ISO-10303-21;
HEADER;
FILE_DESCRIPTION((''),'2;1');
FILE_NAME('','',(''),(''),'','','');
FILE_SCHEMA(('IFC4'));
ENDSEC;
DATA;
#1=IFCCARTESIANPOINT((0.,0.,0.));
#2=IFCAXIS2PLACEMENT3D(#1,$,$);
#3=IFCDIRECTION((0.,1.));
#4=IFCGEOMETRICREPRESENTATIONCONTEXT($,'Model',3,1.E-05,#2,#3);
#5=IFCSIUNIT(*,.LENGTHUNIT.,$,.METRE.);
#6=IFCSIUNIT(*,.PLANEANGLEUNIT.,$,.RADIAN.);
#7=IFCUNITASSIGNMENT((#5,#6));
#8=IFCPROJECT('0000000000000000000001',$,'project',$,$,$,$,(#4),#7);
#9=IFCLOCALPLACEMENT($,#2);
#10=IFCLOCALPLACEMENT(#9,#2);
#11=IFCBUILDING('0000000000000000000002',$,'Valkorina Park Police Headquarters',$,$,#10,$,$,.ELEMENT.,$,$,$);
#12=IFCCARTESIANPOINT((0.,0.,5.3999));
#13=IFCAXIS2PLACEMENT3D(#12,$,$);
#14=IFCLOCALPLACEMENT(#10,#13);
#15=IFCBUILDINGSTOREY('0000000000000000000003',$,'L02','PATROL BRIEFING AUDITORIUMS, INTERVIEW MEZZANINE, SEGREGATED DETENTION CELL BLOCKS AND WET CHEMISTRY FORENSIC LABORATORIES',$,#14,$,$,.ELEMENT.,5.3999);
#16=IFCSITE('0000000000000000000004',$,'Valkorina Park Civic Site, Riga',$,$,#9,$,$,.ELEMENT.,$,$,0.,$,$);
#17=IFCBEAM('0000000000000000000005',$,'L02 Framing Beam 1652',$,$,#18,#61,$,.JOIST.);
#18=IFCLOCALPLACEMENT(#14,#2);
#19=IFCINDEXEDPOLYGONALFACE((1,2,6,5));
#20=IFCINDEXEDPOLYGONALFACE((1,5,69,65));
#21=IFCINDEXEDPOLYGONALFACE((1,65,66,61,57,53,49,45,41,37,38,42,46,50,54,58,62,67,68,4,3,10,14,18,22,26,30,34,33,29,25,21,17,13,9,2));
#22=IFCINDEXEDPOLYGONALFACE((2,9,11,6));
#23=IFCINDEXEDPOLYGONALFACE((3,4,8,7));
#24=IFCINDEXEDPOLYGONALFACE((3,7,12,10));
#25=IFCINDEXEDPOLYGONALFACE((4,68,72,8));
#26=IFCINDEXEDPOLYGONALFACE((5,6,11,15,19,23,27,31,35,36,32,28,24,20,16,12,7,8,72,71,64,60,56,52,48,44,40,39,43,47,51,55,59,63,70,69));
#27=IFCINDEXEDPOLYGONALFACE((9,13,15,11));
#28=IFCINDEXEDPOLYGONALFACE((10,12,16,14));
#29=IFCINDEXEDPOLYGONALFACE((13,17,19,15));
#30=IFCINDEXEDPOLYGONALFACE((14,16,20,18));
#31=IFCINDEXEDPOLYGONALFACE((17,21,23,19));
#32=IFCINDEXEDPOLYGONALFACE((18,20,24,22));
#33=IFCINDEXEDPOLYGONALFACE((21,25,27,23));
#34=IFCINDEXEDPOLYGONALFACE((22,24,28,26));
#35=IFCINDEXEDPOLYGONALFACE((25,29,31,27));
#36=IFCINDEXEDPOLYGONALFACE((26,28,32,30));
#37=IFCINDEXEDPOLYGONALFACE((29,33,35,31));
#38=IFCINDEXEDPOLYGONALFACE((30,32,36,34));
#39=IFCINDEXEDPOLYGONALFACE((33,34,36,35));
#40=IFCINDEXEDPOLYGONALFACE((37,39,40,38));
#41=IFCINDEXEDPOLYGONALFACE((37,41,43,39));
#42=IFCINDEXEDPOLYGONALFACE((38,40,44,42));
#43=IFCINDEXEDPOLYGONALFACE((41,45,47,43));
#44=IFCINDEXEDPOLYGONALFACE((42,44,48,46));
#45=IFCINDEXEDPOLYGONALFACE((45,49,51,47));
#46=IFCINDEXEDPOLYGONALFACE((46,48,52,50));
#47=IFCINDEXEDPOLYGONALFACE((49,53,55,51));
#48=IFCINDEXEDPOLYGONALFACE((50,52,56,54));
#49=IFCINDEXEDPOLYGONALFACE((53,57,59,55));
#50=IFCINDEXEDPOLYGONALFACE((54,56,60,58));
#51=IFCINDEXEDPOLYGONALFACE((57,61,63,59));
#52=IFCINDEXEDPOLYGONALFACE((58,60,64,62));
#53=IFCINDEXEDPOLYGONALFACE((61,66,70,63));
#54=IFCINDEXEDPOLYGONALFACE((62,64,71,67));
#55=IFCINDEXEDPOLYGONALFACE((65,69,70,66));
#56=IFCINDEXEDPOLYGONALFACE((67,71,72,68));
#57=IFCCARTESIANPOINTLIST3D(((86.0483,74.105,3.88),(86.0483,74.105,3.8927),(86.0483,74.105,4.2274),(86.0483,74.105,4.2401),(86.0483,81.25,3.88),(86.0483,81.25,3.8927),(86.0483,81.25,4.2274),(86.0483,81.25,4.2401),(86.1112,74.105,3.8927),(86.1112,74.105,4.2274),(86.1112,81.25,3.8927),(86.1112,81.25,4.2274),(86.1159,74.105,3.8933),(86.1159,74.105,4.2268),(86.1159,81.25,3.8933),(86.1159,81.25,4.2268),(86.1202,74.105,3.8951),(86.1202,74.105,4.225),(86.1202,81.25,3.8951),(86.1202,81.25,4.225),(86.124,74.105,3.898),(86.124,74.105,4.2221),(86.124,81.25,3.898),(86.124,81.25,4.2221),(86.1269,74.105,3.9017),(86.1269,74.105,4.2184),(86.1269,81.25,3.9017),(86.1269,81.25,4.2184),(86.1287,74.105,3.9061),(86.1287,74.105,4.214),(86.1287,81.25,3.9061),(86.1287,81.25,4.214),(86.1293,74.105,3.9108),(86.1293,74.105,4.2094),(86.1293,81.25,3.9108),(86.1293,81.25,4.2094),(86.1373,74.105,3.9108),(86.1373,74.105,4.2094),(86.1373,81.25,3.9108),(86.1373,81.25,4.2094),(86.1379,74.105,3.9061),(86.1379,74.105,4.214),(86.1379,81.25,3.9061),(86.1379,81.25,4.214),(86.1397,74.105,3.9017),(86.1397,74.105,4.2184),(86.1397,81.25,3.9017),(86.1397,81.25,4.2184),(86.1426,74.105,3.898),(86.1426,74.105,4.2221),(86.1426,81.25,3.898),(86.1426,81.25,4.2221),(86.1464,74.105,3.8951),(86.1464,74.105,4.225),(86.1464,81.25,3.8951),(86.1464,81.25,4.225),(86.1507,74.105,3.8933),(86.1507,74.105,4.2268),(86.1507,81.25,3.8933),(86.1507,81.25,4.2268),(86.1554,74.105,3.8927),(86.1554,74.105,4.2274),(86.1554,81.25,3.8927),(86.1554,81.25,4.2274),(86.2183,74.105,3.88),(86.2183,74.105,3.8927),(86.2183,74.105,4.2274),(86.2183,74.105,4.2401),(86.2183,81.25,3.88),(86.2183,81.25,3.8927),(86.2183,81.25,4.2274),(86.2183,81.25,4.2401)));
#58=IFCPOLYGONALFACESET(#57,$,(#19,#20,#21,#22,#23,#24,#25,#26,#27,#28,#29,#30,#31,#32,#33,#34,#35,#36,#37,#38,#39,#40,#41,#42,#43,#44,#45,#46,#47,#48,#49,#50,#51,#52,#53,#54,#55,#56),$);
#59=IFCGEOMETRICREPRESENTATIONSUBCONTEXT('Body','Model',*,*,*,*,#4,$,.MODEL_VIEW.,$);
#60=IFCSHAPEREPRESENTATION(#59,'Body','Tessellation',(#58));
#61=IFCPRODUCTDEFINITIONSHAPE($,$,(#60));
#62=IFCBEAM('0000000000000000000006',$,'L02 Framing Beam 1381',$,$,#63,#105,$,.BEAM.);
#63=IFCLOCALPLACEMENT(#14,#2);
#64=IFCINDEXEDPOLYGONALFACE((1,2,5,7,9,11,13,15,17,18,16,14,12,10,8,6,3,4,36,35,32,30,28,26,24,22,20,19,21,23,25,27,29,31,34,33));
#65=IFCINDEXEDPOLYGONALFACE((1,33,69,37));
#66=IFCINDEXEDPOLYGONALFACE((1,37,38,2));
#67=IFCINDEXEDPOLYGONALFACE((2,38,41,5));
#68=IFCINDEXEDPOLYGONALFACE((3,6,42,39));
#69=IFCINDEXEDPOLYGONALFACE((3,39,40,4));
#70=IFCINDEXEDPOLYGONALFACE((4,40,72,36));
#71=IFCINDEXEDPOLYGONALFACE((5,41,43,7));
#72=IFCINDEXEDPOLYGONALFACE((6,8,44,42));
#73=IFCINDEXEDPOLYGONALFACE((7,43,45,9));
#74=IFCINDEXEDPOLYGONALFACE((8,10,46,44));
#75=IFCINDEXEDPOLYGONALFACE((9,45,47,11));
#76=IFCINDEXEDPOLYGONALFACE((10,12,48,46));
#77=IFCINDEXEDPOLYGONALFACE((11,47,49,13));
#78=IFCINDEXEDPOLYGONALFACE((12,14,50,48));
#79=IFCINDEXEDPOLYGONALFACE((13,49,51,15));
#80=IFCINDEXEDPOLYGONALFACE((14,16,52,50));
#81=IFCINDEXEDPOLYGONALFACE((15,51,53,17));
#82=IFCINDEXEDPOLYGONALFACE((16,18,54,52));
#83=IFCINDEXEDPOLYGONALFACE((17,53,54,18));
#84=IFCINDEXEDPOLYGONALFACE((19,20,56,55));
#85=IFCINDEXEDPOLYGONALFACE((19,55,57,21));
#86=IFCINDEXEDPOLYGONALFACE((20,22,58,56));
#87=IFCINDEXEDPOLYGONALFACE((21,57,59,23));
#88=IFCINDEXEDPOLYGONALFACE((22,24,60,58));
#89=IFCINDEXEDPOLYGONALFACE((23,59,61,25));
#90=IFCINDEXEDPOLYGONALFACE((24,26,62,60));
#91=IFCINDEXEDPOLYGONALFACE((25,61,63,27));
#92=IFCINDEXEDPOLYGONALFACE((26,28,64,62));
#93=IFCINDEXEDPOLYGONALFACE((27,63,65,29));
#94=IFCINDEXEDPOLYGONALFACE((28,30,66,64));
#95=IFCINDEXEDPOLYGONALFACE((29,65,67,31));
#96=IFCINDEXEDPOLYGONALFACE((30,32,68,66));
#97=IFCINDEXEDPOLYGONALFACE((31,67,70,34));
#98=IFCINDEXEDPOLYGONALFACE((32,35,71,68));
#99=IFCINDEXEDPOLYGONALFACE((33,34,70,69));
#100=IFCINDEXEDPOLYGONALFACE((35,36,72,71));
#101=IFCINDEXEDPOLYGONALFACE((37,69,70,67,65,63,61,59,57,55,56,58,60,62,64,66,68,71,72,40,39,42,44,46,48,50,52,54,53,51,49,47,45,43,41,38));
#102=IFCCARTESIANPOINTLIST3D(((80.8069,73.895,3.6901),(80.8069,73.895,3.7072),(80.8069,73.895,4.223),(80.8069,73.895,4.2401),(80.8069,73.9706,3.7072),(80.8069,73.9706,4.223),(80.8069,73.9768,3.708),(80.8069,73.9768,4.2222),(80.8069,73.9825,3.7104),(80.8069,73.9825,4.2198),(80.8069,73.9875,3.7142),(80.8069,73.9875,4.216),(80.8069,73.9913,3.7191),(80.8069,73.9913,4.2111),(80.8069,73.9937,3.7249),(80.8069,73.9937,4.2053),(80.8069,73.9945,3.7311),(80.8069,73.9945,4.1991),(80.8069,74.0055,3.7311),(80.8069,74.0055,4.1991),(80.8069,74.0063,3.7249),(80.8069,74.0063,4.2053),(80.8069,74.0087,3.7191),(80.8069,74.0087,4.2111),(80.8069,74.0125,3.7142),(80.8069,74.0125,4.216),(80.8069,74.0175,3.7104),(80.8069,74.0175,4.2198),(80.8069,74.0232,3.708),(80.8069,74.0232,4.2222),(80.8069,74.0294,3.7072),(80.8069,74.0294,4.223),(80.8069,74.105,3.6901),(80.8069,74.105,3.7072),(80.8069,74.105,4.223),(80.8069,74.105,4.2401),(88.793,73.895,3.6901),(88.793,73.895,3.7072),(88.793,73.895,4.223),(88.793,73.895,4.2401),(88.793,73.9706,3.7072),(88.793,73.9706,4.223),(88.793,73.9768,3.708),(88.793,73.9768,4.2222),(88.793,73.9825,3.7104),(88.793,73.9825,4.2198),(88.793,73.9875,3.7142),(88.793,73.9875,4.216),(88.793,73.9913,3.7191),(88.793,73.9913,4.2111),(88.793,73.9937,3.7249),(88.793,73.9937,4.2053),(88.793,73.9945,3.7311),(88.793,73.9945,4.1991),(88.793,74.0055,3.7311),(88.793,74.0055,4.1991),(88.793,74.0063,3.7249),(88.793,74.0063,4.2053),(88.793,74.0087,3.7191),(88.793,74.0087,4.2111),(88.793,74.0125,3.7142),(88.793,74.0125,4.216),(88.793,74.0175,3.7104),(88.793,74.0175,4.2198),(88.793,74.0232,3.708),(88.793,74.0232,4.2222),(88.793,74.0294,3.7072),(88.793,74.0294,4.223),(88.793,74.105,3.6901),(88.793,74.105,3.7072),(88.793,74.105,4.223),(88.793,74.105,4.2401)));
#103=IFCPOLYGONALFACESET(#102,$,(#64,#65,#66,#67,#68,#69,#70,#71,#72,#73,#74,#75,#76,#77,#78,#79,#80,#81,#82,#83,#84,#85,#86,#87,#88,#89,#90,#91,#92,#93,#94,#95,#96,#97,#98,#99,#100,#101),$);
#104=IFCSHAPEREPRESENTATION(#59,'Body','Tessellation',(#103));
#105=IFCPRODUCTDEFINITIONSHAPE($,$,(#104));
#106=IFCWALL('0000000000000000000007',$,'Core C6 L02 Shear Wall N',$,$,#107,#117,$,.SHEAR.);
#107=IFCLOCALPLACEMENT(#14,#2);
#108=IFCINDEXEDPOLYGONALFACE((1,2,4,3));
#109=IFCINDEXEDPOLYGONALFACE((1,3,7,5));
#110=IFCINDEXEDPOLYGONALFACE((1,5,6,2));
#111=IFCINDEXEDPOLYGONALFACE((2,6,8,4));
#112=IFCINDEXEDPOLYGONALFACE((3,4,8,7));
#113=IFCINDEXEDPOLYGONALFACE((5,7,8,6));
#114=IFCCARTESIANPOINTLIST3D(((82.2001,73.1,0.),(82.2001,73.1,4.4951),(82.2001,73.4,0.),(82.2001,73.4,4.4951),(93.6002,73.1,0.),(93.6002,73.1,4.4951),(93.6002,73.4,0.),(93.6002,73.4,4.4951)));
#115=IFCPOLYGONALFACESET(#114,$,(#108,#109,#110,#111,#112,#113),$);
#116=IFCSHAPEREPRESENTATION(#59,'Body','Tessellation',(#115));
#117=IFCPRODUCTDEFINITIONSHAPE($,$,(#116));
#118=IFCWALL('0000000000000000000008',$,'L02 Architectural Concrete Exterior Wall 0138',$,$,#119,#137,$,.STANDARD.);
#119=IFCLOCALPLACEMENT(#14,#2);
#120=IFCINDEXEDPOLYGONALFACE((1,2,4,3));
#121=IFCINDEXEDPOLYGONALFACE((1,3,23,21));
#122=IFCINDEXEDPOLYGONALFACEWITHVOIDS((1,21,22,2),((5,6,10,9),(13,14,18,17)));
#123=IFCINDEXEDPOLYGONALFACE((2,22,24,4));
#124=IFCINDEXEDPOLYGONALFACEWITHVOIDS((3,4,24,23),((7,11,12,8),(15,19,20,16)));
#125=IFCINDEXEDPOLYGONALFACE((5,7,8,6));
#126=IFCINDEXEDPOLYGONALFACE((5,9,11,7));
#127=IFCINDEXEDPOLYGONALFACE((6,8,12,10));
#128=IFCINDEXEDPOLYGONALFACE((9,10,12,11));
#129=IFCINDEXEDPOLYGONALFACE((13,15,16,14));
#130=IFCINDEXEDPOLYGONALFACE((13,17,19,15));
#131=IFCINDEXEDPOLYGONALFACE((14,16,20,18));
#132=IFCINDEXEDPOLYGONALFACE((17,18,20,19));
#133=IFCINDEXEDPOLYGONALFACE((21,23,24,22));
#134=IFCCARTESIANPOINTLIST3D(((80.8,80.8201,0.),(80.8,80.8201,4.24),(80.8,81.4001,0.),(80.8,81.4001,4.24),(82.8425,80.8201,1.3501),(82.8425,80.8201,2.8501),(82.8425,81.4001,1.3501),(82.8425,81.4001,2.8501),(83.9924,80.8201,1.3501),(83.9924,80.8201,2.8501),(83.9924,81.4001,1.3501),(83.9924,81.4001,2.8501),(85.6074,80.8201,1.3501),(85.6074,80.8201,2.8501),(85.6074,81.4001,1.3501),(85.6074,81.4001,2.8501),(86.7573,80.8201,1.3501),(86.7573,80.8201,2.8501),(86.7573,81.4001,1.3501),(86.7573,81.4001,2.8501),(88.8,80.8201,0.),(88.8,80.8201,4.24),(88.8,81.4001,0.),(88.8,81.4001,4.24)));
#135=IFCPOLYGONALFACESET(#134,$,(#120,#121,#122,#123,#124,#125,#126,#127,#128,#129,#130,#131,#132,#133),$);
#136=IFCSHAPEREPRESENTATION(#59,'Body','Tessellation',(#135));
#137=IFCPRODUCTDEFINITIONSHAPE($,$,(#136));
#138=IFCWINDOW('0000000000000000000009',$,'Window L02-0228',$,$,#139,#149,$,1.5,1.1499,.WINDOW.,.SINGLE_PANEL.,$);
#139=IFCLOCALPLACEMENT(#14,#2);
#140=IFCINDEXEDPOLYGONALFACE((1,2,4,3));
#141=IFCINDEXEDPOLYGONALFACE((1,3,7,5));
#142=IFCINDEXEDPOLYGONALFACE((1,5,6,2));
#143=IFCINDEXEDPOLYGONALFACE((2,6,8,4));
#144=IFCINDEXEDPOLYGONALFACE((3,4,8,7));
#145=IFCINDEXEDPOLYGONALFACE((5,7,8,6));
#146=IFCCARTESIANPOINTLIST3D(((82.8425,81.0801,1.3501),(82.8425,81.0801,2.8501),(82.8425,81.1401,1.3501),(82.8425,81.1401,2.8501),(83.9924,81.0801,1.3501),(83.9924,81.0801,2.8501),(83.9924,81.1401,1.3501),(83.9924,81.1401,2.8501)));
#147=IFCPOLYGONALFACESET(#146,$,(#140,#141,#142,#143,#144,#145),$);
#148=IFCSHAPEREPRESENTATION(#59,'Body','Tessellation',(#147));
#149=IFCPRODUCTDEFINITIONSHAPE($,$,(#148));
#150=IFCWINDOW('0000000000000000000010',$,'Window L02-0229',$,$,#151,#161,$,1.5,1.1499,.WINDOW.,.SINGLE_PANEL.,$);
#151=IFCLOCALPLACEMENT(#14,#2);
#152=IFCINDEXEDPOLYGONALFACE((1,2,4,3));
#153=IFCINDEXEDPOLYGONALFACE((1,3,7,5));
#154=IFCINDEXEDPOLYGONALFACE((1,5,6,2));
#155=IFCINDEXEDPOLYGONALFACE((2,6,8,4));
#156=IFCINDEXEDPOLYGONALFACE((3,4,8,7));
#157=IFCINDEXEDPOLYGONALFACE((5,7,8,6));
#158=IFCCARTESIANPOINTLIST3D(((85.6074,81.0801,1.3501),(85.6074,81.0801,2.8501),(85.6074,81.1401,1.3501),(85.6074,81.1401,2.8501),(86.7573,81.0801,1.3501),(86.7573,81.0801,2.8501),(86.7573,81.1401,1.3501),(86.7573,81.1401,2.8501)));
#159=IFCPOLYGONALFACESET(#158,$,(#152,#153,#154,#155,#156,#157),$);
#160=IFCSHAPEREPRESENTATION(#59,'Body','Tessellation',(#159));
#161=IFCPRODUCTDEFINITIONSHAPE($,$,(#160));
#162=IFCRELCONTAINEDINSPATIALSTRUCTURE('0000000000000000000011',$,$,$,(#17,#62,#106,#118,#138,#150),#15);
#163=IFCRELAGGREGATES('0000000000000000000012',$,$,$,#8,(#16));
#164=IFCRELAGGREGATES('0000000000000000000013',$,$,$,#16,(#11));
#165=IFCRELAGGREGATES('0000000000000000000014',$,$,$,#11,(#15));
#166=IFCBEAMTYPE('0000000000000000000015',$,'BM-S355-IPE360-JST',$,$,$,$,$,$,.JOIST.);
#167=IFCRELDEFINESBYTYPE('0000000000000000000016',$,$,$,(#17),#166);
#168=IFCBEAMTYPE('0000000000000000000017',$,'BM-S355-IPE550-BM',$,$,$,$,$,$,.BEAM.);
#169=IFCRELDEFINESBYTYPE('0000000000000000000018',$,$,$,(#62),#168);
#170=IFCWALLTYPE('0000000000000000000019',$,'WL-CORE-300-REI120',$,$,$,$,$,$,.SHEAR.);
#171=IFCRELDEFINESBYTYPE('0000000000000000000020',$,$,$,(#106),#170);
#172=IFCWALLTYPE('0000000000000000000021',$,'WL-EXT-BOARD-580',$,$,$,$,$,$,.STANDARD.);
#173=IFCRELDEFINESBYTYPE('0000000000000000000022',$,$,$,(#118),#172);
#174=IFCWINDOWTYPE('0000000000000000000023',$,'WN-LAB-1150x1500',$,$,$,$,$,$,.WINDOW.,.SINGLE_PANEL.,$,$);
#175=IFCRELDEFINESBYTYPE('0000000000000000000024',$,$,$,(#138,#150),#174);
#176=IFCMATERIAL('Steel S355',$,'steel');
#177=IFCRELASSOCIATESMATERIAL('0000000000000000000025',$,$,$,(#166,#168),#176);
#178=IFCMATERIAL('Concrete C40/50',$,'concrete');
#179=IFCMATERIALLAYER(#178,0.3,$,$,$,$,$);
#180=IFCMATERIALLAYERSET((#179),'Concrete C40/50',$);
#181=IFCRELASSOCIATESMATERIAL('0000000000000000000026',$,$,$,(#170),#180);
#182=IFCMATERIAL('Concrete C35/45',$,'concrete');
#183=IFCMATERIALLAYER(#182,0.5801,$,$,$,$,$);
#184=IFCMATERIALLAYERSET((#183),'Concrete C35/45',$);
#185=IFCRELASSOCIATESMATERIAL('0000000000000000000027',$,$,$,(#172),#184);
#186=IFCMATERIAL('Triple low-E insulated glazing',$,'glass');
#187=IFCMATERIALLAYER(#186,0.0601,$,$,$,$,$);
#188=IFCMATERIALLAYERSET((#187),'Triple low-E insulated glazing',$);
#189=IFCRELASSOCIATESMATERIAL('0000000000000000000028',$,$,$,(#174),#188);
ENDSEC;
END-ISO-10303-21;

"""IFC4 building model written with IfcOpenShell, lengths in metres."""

from ifc_helpers import new_model, si_unit, direction, frame, frame_2d, origin, origin_2d, place, context, subcontext, project, spatial, rectangle, i_section, extrude, material, layer, layer_set, material_profile, profile_set, type_object, element, fill, save


model = new_model("IFC4")

# Units and contexts
model_context = context("Model", 3, precision=1e-05, world=origin(), true_north=direction((0.0, 1.0)))
body_context = subcontext(model_context, "Body", "Model", "MODEL_VIEW")
ifc_project = project(units=[si_unit("LENGTHUNIT", "METRE"), si_unit("PLANEANGLEUNIT", "RADIAN")], contexts=[model_context])

# Site, building, storey
site_placement = place(None, origin())
site = spatial("IfcSite", under=ifc_project, at=site_placement, Name="Valkorina Park Civic Site, Riga", CompositionType="ELEMENT", RefElevation=0.0)
building_placement = place(site_placement, origin())
building = spatial("IfcBuilding", under=site, at=building_placement, Name="Valkorina Park Police Headquarters", CompositionType="ELEMENT")
storey_placement = place(building_placement, frame((0.0, 0.0, 5.3999)))
storey = spatial("IfcBuildingStorey", under=building, at=storey_placement, Name="L02", Description="PATROL BRIEFING AUDITORIUMS, INTERVIEW MEZZANINE, SEGREGATED DETENTION CELL BLOCKS AND WET CHEMISTRY FORENSIC LABORATORIES", CompositionType="ELEMENT", Elevation=5.3999)

# Shared definitions
ifc_material_1 = material(Name="Steel S355", Category="steel")

# Beams
ifc_material_profile_1 = material_profile(ifc_material_1, i_section(OverallWidth=0.1699, OverallDepth=0.3601, WebThickness=0.0081, FlangeThickness=0.0127, FilletRadius=0.0181, at=origin_2d()), Name="IPE 360")
ifc_profile_set_1 = profile_set([ifc_material_profile_1], Name="Steel S355")
beam_type_1 = type_object("IfcBeamType", Name="BM-S355-IPE360-JST", PredefinedType="JOIST", material=ifc_profile_set_1)
for number, where, z_axis, x_axis, name in (
    (1, (86.1333, 74.105, 4.0601), (0.0, 1.0, 0.0), (-1.0, 0.0, 0.0), "L02 Framing Beam 1652"),
):
    element("IfcBeam", number, at=place(storey_placement, frame(where, z_axis=z_axis, x_axis=x_axis)), inside=storey, type_object=beam_type_1, Name=name, PredefinedType="JOIST", context=body_context, shape_type="SweptSolid", body=[
        extrude(i_section(OverallWidth=0.1699, OverallDepth=0.3601, WebThickness=0.0081, FlangeThickness=0.0127, FilletRadius=0.0181, at=origin_2d()), origin(), (0.0, 0.0, 1.0), 7.145),
    ])
ifc_material_profile_2 = material_profile(ifc_material_1, i_section(OverallWidth=0.21, OverallDepth=0.55, WebThickness=0.011, FlangeThickness=0.0171, FilletRadius=0.0239, at=origin_2d()), Name="IPE 550")
ifc_profile_set_2 = profile_set([ifc_material_profile_2], Name="Steel S355")
beam_type_2 = type_object("IfcBeamType", Name="BM-S355-IPE550-BM", PredefinedType="BEAM", material=ifc_profile_set_2)
beam_1_placement = place(storey_placement, frame((80.8069, 74.0, 3.9651), z_axis=(1.0, 0.0, 0.0), x_axis=(0.0, 1.0, 0.0)))
element("IfcBeam", 2, at=beam_1_placement, inside=storey, type_object=beam_type_2, Name="L02 Framing Beam 1381", PredefinedType="BEAM", context=body_context, shape_type="SweptSolid", body=[
    extrude(i_section(OverallWidth=0.21, OverallDepth=0.55, WebThickness=0.011, FlangeThickness=0.0171, FilletRadius=0.0239, at=origin_2d()), origin(), (0.0, 0.0, 1.0), 7.9861),
])

# Wall
ifc_material_2 = material(Name="Concrete C40/50", Category="concrete")
ifc_layer_1 = layer(ifc_material_2, 0.3)
ifc_layer_set_1 = layer_set([ifc_layer_1], Name="Concrete C40/50")
wall_type_1 = type_object("IfcWallType", Name="WL-CORE-300-REI120", PredefinedType="SHEAR", material=ifc_layer_set_1)
wall_1_placement = place(storey_placement, frame((82.2, 73.25, 0.0), z_axis=(0.0, 0.0, 1.0), x_axis=(1.0, 0.0, 0.0)))
element("IfcWall", 3, at=wall_1_placement, inside=storey, type_object=wall_type_1, Name="Core C6 L02 Shear Wall N", PredefinedType="SHEAR", context=body_context, shape_type="SweptSolid", body=[
    extrude(rectangle(XDim=11.4001, YDim=0.3, at=frame_2d((5.7002, 0.0))), origin(), (0.0, 0.0, 1.0), 4.4951),
])

# Wall, openings, windows
ifc_material_3 = material(Name="Concrete C35/45", Category="concrete")
ifc_layer_2 = layer(ifc_material_3, 0.5801)
ifc_layer_set_2 = layer_set([ifc_layer_2], Name="Concrete C35/45")
wall_type_2 = type_object("IfcWallType", Name="WL-EXT-BOARD-580", PredefinedType="STANDARD", material=ifc_layer_set_2)
wall_2_placement = place(storey_placement, frame((80.8, 81.1101, 0.0), z_axis=(0.0, 0.0, 1.0), x_axis=(1.0, 0.0, 0.0)))
wall_2 = element("IfcWall", 4, at=wall_2_placement, inside=storey, type_object=wall_type_2, Name="L02 Architectural Concrete Exterior Wall 0138", PredefinedType="STANDARD", context=body_context, shape_type="SweptSolid", body=[
    extrude(rectangle(XDim=8.0, YDim=0.5801, at=frame_2d((4.0, 0.0))), origin(), (0.0, 0.0, 1.0), 4.24),
])
opening_1_placement = place(wall_2_placement, frame((2.0425, 0.0, 1.3501)))
opening_1 = element("IfcOpeningElement", 5, at=opening_1_placement, cuts=wall_2, PredefinedType="OPENING", context=body_context, shape_type="SweptSolid", body=[
    extrude(rectangle(XDim=1.1499, YDim=1.5, at=frame_2d((0.575, 0.75))), frame((0.0, 0.3, 0.0), z_axis=(0.0, -1.0, 0.0), x_axis=(1.0, 0.0, 0.0)), (0.0, 0.0, 1.0), 0.6001),
])
opening_2_placement = place(wall_2_placement, frame((4.8074, 0.0, 1.3501)))
opening_2 = element("IfcOpeningElement", 6, at=opening_2_placement, cuts=wall_2, PredefinedType="OPENING", context=body_context, shape_type="SweptSolid", body=[
    extrude(rectangle(XDim=1.1499, YDim=1.5, at=frame_2d((0.575, 0.75))), frame((0.0, 0.3, 0.0), z_axis=(0.0, -1.0, 0.0), x_axis=(1.0, 0.0, 0.0)), (0.0, 0.0, 1.0), 0.6001),
])
ifc_material_4 = material(Name="Triple low-E insulated glazing", Category="glass")
ifc_layer_3 = layer(ifc_material_4, 0.0601)
ifc_layer_set_3 = layer_set([ifc_layer_3], Name="Triple low-E insulated glazing")
window_type_1 = type_object("IfcWindowType", Name="WN-LAB-1150x1500", PartitioningType="SINGLE_PANEL", PredefinedType="WINDOW", material=ifc_layer_set_3)
window_1_placement = place(opening_1_placement, origin())
window_1 = element("IfcWindow", 7, at=window_1_placement, inside=storey, type_object=window_type_1, Name="Window L02-0228", OverallHeight=1.5, OverallWidth=1.1499, PartitioningType="SINGLE_PANEL", PredefinedType="WINDOW", context=body_context, shape_type="SweptSolid", body=[
    extrude(rectangle(XDim=1.1499, YDim=1.5, at=frame_2d((0.575, 0.75))), frame((0.0, 0.03, 0.0), z_axis=(0.0, -1.0, 0.0), x_axis=(1.0, 0.0, 0.0)), (0.0, 0.0, 1.0), 0.0601),
])
fill(opening_1, window_1)
window_2_placement = place(opening_2_placement, origin())
window_2 = element("IfcWindow", 8, at=window_2_placement, inside=storey, type_object=window_type_1, Name="Window L02-0229", OverallHeight=1.5, OverallWidth=1.1499, PartitioningType="SINGLE_PANEL", PredefinedType="WINDOW", context=body_context, shape_type="SweptSolid", body=[
    extrude(rectangle(XDim=1.1499, YDim=1.5, at=frame_2d((0.575, 0.75))), frame((0.0, 0.03, 0.0), z_axis=(0.0, -1.0, 0.0), x_axis=(1.0, 0.0, 0.0)), (0.0, 0.0, 1.0), 0.0601),
])
fill(opening_2, window_2)

save(model, "model.ifc")
